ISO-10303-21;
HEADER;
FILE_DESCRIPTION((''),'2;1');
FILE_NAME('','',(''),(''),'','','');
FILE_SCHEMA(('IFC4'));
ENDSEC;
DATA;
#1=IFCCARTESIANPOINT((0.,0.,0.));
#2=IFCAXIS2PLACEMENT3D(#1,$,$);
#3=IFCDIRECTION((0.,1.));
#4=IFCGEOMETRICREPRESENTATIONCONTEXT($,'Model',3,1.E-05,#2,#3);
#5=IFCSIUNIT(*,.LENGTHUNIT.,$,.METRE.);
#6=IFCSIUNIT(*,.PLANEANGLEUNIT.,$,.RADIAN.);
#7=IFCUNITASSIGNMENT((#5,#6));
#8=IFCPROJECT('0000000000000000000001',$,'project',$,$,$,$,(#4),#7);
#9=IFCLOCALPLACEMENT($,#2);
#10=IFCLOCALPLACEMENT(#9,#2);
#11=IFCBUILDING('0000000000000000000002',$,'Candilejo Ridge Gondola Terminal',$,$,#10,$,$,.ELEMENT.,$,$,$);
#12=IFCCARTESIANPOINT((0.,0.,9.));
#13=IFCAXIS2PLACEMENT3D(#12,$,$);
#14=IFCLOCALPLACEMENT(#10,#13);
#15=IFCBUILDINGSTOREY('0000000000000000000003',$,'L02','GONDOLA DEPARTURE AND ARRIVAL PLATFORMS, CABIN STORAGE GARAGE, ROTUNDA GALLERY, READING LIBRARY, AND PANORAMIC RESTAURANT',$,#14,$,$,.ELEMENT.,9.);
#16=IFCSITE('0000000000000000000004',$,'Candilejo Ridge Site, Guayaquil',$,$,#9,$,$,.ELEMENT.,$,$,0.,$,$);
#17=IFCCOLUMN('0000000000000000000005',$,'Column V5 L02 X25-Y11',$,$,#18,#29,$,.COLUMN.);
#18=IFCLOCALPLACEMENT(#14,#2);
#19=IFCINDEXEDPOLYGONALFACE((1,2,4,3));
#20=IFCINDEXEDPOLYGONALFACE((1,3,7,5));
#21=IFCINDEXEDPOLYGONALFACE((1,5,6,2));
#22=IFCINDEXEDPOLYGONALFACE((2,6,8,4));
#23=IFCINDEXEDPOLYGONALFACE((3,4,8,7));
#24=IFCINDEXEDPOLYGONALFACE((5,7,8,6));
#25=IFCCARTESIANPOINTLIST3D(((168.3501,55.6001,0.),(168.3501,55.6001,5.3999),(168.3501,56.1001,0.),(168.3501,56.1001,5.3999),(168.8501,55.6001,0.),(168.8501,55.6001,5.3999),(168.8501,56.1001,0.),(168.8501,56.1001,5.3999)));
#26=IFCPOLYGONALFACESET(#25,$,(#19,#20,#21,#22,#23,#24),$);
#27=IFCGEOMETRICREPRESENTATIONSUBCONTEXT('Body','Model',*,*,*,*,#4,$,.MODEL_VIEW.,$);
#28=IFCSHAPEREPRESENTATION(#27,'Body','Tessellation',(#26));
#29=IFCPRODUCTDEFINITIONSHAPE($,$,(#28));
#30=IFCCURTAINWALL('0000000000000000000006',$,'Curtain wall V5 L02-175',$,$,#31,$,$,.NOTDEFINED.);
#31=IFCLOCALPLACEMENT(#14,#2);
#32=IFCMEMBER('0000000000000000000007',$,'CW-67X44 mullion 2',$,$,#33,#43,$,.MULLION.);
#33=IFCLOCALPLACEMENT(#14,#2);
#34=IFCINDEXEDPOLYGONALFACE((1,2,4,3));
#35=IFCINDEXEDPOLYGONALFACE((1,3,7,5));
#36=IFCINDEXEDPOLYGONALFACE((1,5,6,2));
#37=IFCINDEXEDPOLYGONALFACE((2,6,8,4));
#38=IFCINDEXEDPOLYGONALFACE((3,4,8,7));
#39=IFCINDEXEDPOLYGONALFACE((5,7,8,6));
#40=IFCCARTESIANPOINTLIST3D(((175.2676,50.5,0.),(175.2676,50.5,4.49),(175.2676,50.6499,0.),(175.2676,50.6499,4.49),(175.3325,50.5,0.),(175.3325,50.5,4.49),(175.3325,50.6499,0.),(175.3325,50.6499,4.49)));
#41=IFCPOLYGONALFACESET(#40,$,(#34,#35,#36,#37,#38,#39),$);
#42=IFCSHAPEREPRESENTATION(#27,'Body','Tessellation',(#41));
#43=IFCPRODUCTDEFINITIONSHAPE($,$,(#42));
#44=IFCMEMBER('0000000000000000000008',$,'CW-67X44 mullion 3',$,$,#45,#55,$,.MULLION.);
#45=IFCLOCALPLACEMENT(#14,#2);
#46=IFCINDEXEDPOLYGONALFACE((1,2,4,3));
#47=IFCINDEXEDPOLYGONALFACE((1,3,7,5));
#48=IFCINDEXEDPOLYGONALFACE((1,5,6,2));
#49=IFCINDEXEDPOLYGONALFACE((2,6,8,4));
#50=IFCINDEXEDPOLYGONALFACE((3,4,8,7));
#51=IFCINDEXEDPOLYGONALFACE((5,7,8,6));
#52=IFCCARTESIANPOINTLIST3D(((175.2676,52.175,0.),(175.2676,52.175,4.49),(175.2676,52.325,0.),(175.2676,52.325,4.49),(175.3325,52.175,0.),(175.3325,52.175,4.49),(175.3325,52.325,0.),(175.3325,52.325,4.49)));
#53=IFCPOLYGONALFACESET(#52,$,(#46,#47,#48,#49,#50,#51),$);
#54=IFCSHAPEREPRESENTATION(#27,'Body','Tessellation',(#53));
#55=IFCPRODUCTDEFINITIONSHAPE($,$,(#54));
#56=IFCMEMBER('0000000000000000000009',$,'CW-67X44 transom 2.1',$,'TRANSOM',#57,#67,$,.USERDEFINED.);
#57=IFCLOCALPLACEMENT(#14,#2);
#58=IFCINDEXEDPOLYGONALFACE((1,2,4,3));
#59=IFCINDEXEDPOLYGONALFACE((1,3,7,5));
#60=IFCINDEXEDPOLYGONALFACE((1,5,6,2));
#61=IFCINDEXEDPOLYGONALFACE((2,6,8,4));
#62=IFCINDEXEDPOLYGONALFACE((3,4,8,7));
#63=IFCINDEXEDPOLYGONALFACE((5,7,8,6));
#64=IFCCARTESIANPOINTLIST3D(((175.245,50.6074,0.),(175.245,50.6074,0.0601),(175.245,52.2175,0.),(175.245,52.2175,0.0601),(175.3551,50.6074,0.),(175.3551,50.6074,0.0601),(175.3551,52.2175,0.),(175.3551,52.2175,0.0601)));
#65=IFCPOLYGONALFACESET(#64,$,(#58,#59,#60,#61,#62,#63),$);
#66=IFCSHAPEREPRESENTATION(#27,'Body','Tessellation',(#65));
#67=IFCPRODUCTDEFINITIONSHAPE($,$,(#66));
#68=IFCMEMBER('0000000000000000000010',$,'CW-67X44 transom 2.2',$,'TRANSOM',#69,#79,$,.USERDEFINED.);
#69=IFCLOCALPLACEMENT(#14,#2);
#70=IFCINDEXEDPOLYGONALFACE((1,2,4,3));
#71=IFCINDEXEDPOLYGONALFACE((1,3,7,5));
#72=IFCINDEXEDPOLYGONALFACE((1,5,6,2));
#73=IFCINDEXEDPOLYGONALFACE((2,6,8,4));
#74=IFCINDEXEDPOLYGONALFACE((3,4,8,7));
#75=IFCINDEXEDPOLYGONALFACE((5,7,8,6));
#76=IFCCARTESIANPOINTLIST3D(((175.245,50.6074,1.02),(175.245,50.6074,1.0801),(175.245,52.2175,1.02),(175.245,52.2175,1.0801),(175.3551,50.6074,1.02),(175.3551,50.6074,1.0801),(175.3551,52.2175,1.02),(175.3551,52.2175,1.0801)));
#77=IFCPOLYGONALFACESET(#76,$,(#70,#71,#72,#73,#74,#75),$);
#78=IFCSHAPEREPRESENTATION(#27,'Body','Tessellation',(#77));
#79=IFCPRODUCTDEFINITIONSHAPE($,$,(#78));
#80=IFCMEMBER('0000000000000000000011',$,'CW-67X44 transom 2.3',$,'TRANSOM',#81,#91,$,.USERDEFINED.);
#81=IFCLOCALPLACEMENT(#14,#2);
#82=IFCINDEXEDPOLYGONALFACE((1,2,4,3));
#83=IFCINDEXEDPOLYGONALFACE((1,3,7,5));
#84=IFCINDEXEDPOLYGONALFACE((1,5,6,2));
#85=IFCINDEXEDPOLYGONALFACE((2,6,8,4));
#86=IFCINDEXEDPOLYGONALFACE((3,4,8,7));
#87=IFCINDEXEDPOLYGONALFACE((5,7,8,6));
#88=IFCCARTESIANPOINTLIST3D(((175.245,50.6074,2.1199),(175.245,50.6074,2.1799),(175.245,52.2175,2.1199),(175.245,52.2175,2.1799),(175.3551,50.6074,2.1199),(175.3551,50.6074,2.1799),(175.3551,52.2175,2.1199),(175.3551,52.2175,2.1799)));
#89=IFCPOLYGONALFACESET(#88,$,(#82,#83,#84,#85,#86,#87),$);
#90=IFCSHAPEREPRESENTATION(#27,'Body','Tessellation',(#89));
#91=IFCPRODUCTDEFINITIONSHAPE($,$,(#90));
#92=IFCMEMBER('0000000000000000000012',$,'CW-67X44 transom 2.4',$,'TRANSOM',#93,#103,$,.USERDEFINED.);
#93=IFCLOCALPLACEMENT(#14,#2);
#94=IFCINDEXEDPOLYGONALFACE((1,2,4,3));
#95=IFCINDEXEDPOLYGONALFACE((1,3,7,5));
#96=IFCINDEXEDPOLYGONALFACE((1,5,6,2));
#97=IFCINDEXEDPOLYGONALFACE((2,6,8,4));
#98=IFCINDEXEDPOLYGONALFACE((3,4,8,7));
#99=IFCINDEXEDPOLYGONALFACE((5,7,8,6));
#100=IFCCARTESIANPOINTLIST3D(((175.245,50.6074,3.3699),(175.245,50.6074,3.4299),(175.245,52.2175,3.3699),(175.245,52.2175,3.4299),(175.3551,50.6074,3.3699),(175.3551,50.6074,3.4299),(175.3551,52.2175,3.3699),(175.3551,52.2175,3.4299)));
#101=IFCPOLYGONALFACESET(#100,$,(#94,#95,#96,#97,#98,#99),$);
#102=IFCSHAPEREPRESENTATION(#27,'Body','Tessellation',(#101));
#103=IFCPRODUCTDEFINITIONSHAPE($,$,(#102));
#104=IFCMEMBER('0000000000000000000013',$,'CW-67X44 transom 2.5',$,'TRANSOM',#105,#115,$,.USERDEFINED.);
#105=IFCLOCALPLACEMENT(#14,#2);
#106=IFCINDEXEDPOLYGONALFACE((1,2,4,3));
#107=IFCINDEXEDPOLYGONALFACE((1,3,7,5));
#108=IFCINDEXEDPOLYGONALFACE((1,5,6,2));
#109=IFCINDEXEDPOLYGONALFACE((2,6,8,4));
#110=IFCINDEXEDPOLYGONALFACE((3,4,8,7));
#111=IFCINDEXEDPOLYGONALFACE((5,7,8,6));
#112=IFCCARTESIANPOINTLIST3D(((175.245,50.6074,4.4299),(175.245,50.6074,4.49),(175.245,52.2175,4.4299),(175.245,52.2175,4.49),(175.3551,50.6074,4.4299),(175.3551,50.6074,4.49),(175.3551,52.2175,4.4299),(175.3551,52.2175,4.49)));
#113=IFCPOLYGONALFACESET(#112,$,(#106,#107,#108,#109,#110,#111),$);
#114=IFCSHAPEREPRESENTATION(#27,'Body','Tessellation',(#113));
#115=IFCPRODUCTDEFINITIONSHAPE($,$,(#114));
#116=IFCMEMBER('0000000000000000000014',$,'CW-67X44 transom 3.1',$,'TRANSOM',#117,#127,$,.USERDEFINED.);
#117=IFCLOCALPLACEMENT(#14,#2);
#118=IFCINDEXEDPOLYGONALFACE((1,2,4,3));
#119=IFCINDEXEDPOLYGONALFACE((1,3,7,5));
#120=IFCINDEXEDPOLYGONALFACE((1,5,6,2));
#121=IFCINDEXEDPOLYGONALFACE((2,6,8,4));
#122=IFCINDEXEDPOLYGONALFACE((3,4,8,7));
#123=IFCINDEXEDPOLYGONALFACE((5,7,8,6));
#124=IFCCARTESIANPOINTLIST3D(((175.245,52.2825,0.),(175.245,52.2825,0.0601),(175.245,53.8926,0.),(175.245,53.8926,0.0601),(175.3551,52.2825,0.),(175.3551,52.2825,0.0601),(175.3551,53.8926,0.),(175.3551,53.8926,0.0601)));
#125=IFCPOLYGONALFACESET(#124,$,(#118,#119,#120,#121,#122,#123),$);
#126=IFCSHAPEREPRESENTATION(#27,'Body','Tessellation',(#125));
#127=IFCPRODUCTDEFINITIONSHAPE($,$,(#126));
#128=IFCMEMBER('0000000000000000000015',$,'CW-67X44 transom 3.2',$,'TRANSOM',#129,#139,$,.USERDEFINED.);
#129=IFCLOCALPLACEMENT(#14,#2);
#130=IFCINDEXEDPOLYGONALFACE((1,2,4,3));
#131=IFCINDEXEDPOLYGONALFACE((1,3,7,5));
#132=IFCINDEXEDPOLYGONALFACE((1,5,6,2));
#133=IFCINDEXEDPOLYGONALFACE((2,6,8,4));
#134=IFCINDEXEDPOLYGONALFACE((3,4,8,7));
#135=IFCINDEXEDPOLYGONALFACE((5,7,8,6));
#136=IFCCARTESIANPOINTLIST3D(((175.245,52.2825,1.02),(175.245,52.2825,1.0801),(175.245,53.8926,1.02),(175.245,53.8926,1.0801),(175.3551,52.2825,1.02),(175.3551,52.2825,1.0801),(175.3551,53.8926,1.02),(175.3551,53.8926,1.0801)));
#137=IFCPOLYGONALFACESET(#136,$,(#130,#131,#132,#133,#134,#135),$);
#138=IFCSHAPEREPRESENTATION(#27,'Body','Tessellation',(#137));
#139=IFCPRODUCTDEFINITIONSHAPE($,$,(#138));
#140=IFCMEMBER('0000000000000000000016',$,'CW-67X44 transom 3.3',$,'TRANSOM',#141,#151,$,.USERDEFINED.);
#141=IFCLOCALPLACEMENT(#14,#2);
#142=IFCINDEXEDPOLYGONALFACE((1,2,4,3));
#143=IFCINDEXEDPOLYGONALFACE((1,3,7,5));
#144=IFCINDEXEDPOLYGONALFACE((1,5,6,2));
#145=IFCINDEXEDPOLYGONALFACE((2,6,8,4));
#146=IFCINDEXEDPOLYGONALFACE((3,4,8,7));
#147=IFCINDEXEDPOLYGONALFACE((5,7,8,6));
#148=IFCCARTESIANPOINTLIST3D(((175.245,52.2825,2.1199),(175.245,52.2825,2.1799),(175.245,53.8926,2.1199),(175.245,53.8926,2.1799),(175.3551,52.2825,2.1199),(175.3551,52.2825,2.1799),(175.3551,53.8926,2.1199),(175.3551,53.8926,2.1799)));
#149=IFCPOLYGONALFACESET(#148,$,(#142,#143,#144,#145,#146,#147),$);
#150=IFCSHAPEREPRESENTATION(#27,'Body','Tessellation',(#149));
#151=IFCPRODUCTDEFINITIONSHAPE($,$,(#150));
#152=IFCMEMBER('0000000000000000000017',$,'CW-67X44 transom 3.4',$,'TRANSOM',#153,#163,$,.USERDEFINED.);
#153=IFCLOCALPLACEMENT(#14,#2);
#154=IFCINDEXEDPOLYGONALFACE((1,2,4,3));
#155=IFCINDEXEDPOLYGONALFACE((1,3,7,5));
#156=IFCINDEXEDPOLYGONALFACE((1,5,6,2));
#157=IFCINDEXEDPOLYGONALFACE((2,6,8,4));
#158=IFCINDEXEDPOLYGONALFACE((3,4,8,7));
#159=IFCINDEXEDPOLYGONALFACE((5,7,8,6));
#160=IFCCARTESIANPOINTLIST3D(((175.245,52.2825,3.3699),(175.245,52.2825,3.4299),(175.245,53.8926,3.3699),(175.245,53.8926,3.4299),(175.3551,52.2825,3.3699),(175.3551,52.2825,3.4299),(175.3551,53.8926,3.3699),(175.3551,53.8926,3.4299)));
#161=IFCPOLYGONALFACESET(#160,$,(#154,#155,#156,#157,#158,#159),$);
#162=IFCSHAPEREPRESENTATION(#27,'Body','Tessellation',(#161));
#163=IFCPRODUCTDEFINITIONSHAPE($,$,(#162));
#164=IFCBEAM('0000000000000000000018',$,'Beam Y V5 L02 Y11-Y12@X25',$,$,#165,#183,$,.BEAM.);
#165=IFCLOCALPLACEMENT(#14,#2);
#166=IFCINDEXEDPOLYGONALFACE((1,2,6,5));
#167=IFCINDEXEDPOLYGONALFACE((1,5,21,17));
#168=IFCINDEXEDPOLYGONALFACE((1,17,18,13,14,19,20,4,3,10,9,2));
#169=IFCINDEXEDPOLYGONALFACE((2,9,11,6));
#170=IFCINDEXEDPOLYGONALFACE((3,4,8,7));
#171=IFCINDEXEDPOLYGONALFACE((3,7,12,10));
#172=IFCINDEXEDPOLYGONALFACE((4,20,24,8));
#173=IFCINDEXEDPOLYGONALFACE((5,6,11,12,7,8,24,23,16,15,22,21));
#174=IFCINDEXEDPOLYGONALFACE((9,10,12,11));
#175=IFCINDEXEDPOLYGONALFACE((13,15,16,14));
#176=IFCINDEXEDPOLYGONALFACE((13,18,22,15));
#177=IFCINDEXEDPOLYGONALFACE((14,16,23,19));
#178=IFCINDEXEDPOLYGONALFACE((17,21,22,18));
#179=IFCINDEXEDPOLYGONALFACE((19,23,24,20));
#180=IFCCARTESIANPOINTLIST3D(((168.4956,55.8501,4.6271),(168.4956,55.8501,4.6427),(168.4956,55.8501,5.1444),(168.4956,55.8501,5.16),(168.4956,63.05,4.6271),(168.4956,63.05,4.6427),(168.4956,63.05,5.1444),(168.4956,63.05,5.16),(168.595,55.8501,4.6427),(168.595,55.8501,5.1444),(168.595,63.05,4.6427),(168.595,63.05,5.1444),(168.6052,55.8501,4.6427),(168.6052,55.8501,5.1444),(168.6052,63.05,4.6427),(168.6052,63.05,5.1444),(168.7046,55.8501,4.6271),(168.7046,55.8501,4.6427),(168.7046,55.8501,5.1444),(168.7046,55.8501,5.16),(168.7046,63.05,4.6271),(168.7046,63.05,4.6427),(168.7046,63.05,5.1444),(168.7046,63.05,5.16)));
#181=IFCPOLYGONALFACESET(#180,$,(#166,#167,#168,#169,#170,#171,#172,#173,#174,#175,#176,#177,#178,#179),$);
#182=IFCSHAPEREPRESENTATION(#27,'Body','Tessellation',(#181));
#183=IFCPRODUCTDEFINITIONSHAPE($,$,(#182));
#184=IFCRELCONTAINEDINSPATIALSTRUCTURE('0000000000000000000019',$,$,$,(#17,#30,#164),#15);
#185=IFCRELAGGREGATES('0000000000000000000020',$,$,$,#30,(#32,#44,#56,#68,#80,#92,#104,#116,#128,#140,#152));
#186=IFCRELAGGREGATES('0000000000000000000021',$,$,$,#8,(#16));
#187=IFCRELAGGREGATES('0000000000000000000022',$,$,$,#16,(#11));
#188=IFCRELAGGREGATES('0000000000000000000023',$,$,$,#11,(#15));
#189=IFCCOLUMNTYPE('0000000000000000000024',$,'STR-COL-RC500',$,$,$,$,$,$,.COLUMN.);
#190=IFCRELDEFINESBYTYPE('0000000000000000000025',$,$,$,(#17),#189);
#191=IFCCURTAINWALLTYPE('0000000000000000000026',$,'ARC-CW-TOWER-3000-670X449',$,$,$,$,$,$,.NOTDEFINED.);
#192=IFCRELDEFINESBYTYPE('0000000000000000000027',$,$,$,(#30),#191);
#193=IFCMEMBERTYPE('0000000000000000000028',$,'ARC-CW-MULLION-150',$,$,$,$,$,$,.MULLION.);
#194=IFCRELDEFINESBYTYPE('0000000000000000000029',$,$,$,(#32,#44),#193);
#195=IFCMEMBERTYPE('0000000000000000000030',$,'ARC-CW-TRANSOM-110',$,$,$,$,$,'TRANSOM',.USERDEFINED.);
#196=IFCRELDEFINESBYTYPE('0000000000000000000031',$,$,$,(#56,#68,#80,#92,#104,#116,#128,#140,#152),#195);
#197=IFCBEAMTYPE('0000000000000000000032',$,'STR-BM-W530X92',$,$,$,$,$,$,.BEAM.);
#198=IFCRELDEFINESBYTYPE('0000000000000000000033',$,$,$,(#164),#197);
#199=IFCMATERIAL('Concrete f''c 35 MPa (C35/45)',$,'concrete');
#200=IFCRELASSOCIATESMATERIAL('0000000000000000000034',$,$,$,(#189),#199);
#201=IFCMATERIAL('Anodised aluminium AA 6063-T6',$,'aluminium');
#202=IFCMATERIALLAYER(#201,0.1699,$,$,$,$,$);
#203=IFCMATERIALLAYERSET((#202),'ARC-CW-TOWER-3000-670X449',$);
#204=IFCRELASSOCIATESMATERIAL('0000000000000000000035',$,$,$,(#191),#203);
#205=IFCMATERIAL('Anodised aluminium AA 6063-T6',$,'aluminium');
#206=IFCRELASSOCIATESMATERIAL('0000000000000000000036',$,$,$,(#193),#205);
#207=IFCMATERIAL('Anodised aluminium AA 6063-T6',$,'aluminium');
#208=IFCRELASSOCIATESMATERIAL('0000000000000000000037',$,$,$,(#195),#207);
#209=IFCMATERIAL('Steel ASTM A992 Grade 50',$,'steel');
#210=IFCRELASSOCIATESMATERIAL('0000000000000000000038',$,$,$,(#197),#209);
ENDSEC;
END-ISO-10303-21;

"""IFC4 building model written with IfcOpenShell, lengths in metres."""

from ifc_helpers import new_model, si_unit, direction, frame, origin, origin_2d, place, context, subcontext, project, spatial, rectangle, i_section, extrude, material, layer, layer_set, material_profile, profile_set, type_object, element, aggregate, save


model = new_model("IFC4")

# Units and contexts
model_context = context("Model", 3, precision=1e-05, world=origin(), true_north=direction((0.0, 1.0)))
body_context = subcontext(model_context, "Body", "Model", "MODEL_VIEW")
ifc_project = project(units=[si_unit("LENGTHUNIT", "METRE"), si_unit("PLANEANGLEUNIT", "RADIAN")], contexts=[model_context])

# Site, building, storey
site_placement = place(None, origin())
site = spatial("IfcSite", under=ifc_project, at=site_placement, Name="Candilejo Ridge Site, Guayaquil", CompositionType="ELEMENT", RefElevation=0.0)
building_placement = place(site_placement, origin())
building = spatial("IfcBuilding", under=site, at=building_placement, Name="Candilejo Ridge Gondola Terminal", CompositionType="ELEMENT")
storey_placement = place(building_placement, frame((0.0, 0.0, 9.0)))
storey = spatial("IfcBuildingStorey", under=building, at=storey_placement, Name="L02", Description="GONDOLA DEPARTURE AND ARRIVAL PLATFORMS, CABIN STORAGE GARAGE, ROTUNDA GALLERY, READING LIBRARY, AND PANORAMIC RESTAURANT", CompositionType="ELEMENT", Elevation=9.0)

# Column
ifc_material_1 = material(Name="Concrete f'c 35 MPa (C35/45)", Category="concrete")
ifc_material_profile_1 = material_profile(ifc_material_1, rectangle(XDim=0.5, YDim=0.5, at=origin_2d()))
ifc_profile_set_1 = profile_set([ifc_material_profile_1], Name="Concrete f'c 35 MPa (C35/45)")
column_type = type_object("IfcColumnType", Name="STR-COL-RC500", PredefinedType="COLUMN", material=ifc_profile_set_1)
column_placement = place(storey_placement, frame((168.6001, 55.8501, 0.0), z_axis=(0.0, 0.0, 1.0), x_axis=(1.0, 0.0, 0.0)))
element("IfcColumn", 1, at=column_placement, inside=storey, type_object=column_type, Name="Column V5 L02 X25-Y11", PredefinedType="COLUMN", context=body_context, shape_type="SweptSolid", body=[
    extrude(rectangle(XDim=0.5, YDim=0.5, at=origin_2d()), origin(), (0.0, 0.0, 1.0), 5.3999),
])

# Curtain wall, members
ifc_material_2 = material(Name="Anodised aluminium AA 6063-T6", Category="aluminium")
ifc_layer_1 = layer(ifc_material_2, 0.1699)
ifc_layer_set_1 = layer_set([ifc_layer_1], Name="ARC-CW-TOWER-3000-670X449")
curtain_wall_type = type_object("IfcCurtainWallType", Name="ARC-CW-TOWER-3000-670X449", PredefinedType="NOTDEFINED", material=ifc_layer_set_1)
curtain_wall_placement = place(storey_placement, origin())
curtain_wall = element("IfcCurtainWall", 2, at=curtain_wall_placement, inside=storey, type_object=curtain_wall_type, Name="Curtain wall V5 L02-175", PredefinedType="NOTDEFINED")
ifc_material_3 = material(Name="Anodised aluminium AA 6063-T6", Category="aluminium")
ifc_material_profile_2 = material_profile(ifc_material_3, rectangle(XDim=0.0649, YDim=0.1499, at=origin_2d()))
ifc_profile_set_2 = profile_set([ifc_material_profile_2], Name="Anodised aluminium AA 6063-T6")
member_type_1 = type_object("IfcMemberType", Name="ARC-CW-MULLION-150", PredefinedType="MULLION", material=ifc_profile_set_2)
member_1_placement = place(storey_placement, frame((175.3, 50.575, 0.0), z_axis=(0.0, 0.0, 1.0), x_axis=(-1.0, 0.0, 0.0)))
member_1 = element("IfcMember", 3, at=member_1_placement, type_object=member_type_1, Name="CW-67X44 mullion 2", PredefinedType="MULLION", context=body_context, shape_type="SweptSolid", body=[
    extrude(rectangle(XDim=0.0649, YDim=0.1499, at=origin_2d()), origin(), (0.0, 0.0, 1.0), 4.49),
])
member_2_placement = place(storey_placement, frame((175.3, 52.25, 0.0), z_axis=(0.0, 0.0, 1.0), x_axis=(-1.0, 0.0, 0.0)))
member_2 = element("IfcMember", 4, at=member_2_placement, type_object=member_type_1, Name="CW-67X44 mullion 3", PredefinedType="MULLION", context=body_context, shape_type="SweptSolid", body=[
    extrude(rectangle(XDim=0.0649, YDim=0.1499, at=origin_2d()), origin(), (0.0, 0.0, 1.0), 4.49),
])
ifc_material_4 = material(Name="Anodised aluminium AA 6063-T6", Category="aluminium")
ifc_material_profile_3 = material_profile(ifc_material_4, rectangle(XDim=0.1101, YDim=0.0601, at=origin_2d()))
ifc_profile_set_3 = profile_set([ifc_material_profile_3], Name="Anodised aluminium AA 6063-T6")
member_type_2 = type_object("IfcMemberType", Name="ARC-CW-TRANSOM-110", ElementType="TRANSOM", PredefinedType="USERDEFINED", material=ifc_profile_set_3)
member_3_placement = place(storey_placement, frame((175.3, 50.6074, 0.03), z_axis=(0.0, 1.0, 0.0), x_axis=(-1.0, 0.0, 0.0)))
member_3 = element("IfcMember", 5, at=member_3_placement, type_object=member_type_2, Name="CW-67X44 transom 2.1", ObjectType="TRANSOM", PredefinedType="USERDEFINED", context=body_context, shape_type="SweptSolid", body=[
    extrude(rectangle(XDim=0.1101, YDim=0.0601, at=origin_2d()), origin(), (0.0, 0.0, 1.0), 1.6101),
])
member_4_placement = place(storey_placement, frame((175.3, 50.6074, 1.05), z_axis=(0.0, 1.0, 0.0), x_axis=(-1.0, 0.0, 0.0)))
member_4 = element("IfcMember", 6, at=member_4_placement, type_object=member_type_2, Name="CW-67X44 transom 2.2", ObjectType="TRANSOM", PredefinedType="USERDEFINED", context=body_context, shape_type="SweptSolid", body=[
    extrude(rectangle(XDim=0.1101, YDim=0.0601, at=origin_2d()), origin(), (0.0, 0.0, 1.0), 1.6101),
])
member_5_placement = place(storey_placement, frame((175.3, 50.6074, 2.1499), z_axis=(0.0, 1.0, 0.0), x_axis=(-1.0, 0.0, 0.0)))
member_5 = element("IfcMember", 7, at=member_5_placement, type_object=member_type_2, Name="CW-67X44 transom 2.3", ObjectType="TRANSOM", PredefinedType="USERDEFINED", context=body_context, shape_type="SweptSolid", body=[
    extrude(rectangle(XDim=0.1101, YDim=0.0601, at=origin_2d()), origin(), (0.0, 0.0, 1.0), 1.6101),
])
member_6_placement = place(storey_placement, frame((175.3, 50.6074, 3.3999), z_axis=(0.0, 1.0, 0.0), x_axis=(-1.0, 0.0, 0.0)))
member_6 = element("IfcMember", 8, at=member_6_placement, type_object=member_type_2, Name="CW-67X44 transom 2.4", ObjectType="TRANSOM", PredefinedType="USERDEFINED", context=body_context, shape_type="SweptSolid", body=[
    extrude(rectangle(XDim=0.1101, YDim=0.0601, at=origin_2d()), origin(), (0.0, 0.0, 1.0), 1.6101),
])
member_7_placement = place(storey_placement, frame((175.3, 50.6074, 4.46), z_axis=(0.0, 1.0, 0.0), x_axis=(-1.0, 0.0, 0.0)))
member_7 = element("IfcMember", 9, at=member_7_placement, type_object=member_type_2, Name="CW-67X44 transom 2.5", ObjectType="TRANSOM", PredefinedType="USERDEFINED", context=body_context, shape_type="SweptSolid", body=[
    extrude(rectangle(XDim=0.1101, YDim=0.0601, at=origin_2d()), origin(), (0.0, 0.0, 1.0), 1.6101),
])
member_8_placement = place(storey_placement, frame((175.3, 52.2825, 0.03), z_axis=(0.0, 1.0, 0.0), x_axis=(-1.0, 0.0, 0.0)))
member_8 = element("IfcMember", 10, at=member_8_placement, type_object=member_type_2, Name="CW-67X44 transom 3.1", ObjectType="TRANSOM", PredefinedType="USERDEFINED", context=body_context, shape_type="SweptSolid", body=[
    extrude(rectangle(XDim=0.1101, YDim=0.0601, at=origin_2d()), origin(), (0.0, 0.0, 1.0), 1.6101),
])
member_9_placement = place(storey_placement, frame((175.3, 52.2825, 1.05), z_axis=(0.0, 1.0, 0.0), x_axis=(-1.0, 0.0, 0.0)))
member_9 = element("IfcMember", 11, at=member_9_placement, type_object=member_type_2, Name="CW-67X44 transom 3.2", ObjectType="TRANSOM", PredefinedType="USERDEFINED", context=body_context, shape_type="SweptSolid", body=[
    extrude(rectangle(XDim=0.1101, YDim=0.0601, at=origin_2d()), origin(), (0.0, 0.0, 1.0), 1.6101),
])
member_10_placement = place(storey_placement, frame((175.3, 52.2825, 2.1499), z_axis=(0.0, 1.0, 0.0), x_axis=(-1.0, 0.0, 0.0)))
member_10 = element("IfcMember", 12, at=member_10_placement, type_object=member_type_2, Name="CW-67X44 transom 3.3", ObjectType="TRANSOM", PredefinedType="USERDEFINED", context=body_context, shape_type="SweptSolid", body=[
    extrude(rectangle(XDim=0.1101, YDim=0.0601, at=origin_2d()), origin(), (0.0, 0.0, 1.0), 1.6101),
])
member_11_placement = place(storey_placement, frame((175.3, 52.2825, 3.3999), z_axis=(0.0, 1.0, 0.0), x_axis=(-1.0, 0.0, 0.0)))
member_11 = element("IfcMember", 13, at=member_11_placement, type_object=member_type_2, Name="CW-67X44 transom 3.4", ObjectType="TRANSOM", PredefinedType="USERDEFINED", context=body_context, shape_type="SweptSolid", body=[
    extrude(rectangle(XDim=0.1101, YDim=0.0601, at=origin_2d()), origin(), (0.0, 0.0, 1.0), 1.6101),
])

# Beam
ifc_material_5 = material(Name="Steel ASTM A992 Grade 50", Category="steel")
ifc_material_profile_4 = material_profile(ifc_material_5, i_section(OverallWidth=0.209, OverallDepth=0.533, WebThickness=0.0103, FlangeThickness=0.0156, at=origin_2d()))
ifc_profile_set_4 = profile_set([ifc_material_profile_4], Name="Steel ASTM A992 Grade 50")
beam_type_1 = type_object("IfcBeamType", Name="STR-BM-W530X92", PredefinedType="BEAM", material=ifc_profile_set_4)
beam_1_placement = place(storey_placement, frame((168.6001, 55.8501, 4.8936), z_axis=(0.0, 1.0, 0.0), x_axis=(-1.0, 0.0, 0.0)))
element("IfcBeam", 14, at=beam_1_placement, inside=storey, type_object=beam_type_1, Name="Beam Y V5 L02 Y11-Y12@X25", PredefinedType="BEAM", context=body_context, shape_type="SweptSolid", body=[
    extrude(i_section(OverallWidth=0.209, OverallDepth=0.533, WebThickness=0.0103, FlangeThickness=0.0156, at=origin_2d()), origin(), (0.0, 0.0, 1.0), 7.2),
])

aggregate(curtain_wall, [member_1, member_2, member_3, member_4, member_5, member_6, member_7, member_8, member_9, member_10, member_11])

save(model, "model.ifc")
